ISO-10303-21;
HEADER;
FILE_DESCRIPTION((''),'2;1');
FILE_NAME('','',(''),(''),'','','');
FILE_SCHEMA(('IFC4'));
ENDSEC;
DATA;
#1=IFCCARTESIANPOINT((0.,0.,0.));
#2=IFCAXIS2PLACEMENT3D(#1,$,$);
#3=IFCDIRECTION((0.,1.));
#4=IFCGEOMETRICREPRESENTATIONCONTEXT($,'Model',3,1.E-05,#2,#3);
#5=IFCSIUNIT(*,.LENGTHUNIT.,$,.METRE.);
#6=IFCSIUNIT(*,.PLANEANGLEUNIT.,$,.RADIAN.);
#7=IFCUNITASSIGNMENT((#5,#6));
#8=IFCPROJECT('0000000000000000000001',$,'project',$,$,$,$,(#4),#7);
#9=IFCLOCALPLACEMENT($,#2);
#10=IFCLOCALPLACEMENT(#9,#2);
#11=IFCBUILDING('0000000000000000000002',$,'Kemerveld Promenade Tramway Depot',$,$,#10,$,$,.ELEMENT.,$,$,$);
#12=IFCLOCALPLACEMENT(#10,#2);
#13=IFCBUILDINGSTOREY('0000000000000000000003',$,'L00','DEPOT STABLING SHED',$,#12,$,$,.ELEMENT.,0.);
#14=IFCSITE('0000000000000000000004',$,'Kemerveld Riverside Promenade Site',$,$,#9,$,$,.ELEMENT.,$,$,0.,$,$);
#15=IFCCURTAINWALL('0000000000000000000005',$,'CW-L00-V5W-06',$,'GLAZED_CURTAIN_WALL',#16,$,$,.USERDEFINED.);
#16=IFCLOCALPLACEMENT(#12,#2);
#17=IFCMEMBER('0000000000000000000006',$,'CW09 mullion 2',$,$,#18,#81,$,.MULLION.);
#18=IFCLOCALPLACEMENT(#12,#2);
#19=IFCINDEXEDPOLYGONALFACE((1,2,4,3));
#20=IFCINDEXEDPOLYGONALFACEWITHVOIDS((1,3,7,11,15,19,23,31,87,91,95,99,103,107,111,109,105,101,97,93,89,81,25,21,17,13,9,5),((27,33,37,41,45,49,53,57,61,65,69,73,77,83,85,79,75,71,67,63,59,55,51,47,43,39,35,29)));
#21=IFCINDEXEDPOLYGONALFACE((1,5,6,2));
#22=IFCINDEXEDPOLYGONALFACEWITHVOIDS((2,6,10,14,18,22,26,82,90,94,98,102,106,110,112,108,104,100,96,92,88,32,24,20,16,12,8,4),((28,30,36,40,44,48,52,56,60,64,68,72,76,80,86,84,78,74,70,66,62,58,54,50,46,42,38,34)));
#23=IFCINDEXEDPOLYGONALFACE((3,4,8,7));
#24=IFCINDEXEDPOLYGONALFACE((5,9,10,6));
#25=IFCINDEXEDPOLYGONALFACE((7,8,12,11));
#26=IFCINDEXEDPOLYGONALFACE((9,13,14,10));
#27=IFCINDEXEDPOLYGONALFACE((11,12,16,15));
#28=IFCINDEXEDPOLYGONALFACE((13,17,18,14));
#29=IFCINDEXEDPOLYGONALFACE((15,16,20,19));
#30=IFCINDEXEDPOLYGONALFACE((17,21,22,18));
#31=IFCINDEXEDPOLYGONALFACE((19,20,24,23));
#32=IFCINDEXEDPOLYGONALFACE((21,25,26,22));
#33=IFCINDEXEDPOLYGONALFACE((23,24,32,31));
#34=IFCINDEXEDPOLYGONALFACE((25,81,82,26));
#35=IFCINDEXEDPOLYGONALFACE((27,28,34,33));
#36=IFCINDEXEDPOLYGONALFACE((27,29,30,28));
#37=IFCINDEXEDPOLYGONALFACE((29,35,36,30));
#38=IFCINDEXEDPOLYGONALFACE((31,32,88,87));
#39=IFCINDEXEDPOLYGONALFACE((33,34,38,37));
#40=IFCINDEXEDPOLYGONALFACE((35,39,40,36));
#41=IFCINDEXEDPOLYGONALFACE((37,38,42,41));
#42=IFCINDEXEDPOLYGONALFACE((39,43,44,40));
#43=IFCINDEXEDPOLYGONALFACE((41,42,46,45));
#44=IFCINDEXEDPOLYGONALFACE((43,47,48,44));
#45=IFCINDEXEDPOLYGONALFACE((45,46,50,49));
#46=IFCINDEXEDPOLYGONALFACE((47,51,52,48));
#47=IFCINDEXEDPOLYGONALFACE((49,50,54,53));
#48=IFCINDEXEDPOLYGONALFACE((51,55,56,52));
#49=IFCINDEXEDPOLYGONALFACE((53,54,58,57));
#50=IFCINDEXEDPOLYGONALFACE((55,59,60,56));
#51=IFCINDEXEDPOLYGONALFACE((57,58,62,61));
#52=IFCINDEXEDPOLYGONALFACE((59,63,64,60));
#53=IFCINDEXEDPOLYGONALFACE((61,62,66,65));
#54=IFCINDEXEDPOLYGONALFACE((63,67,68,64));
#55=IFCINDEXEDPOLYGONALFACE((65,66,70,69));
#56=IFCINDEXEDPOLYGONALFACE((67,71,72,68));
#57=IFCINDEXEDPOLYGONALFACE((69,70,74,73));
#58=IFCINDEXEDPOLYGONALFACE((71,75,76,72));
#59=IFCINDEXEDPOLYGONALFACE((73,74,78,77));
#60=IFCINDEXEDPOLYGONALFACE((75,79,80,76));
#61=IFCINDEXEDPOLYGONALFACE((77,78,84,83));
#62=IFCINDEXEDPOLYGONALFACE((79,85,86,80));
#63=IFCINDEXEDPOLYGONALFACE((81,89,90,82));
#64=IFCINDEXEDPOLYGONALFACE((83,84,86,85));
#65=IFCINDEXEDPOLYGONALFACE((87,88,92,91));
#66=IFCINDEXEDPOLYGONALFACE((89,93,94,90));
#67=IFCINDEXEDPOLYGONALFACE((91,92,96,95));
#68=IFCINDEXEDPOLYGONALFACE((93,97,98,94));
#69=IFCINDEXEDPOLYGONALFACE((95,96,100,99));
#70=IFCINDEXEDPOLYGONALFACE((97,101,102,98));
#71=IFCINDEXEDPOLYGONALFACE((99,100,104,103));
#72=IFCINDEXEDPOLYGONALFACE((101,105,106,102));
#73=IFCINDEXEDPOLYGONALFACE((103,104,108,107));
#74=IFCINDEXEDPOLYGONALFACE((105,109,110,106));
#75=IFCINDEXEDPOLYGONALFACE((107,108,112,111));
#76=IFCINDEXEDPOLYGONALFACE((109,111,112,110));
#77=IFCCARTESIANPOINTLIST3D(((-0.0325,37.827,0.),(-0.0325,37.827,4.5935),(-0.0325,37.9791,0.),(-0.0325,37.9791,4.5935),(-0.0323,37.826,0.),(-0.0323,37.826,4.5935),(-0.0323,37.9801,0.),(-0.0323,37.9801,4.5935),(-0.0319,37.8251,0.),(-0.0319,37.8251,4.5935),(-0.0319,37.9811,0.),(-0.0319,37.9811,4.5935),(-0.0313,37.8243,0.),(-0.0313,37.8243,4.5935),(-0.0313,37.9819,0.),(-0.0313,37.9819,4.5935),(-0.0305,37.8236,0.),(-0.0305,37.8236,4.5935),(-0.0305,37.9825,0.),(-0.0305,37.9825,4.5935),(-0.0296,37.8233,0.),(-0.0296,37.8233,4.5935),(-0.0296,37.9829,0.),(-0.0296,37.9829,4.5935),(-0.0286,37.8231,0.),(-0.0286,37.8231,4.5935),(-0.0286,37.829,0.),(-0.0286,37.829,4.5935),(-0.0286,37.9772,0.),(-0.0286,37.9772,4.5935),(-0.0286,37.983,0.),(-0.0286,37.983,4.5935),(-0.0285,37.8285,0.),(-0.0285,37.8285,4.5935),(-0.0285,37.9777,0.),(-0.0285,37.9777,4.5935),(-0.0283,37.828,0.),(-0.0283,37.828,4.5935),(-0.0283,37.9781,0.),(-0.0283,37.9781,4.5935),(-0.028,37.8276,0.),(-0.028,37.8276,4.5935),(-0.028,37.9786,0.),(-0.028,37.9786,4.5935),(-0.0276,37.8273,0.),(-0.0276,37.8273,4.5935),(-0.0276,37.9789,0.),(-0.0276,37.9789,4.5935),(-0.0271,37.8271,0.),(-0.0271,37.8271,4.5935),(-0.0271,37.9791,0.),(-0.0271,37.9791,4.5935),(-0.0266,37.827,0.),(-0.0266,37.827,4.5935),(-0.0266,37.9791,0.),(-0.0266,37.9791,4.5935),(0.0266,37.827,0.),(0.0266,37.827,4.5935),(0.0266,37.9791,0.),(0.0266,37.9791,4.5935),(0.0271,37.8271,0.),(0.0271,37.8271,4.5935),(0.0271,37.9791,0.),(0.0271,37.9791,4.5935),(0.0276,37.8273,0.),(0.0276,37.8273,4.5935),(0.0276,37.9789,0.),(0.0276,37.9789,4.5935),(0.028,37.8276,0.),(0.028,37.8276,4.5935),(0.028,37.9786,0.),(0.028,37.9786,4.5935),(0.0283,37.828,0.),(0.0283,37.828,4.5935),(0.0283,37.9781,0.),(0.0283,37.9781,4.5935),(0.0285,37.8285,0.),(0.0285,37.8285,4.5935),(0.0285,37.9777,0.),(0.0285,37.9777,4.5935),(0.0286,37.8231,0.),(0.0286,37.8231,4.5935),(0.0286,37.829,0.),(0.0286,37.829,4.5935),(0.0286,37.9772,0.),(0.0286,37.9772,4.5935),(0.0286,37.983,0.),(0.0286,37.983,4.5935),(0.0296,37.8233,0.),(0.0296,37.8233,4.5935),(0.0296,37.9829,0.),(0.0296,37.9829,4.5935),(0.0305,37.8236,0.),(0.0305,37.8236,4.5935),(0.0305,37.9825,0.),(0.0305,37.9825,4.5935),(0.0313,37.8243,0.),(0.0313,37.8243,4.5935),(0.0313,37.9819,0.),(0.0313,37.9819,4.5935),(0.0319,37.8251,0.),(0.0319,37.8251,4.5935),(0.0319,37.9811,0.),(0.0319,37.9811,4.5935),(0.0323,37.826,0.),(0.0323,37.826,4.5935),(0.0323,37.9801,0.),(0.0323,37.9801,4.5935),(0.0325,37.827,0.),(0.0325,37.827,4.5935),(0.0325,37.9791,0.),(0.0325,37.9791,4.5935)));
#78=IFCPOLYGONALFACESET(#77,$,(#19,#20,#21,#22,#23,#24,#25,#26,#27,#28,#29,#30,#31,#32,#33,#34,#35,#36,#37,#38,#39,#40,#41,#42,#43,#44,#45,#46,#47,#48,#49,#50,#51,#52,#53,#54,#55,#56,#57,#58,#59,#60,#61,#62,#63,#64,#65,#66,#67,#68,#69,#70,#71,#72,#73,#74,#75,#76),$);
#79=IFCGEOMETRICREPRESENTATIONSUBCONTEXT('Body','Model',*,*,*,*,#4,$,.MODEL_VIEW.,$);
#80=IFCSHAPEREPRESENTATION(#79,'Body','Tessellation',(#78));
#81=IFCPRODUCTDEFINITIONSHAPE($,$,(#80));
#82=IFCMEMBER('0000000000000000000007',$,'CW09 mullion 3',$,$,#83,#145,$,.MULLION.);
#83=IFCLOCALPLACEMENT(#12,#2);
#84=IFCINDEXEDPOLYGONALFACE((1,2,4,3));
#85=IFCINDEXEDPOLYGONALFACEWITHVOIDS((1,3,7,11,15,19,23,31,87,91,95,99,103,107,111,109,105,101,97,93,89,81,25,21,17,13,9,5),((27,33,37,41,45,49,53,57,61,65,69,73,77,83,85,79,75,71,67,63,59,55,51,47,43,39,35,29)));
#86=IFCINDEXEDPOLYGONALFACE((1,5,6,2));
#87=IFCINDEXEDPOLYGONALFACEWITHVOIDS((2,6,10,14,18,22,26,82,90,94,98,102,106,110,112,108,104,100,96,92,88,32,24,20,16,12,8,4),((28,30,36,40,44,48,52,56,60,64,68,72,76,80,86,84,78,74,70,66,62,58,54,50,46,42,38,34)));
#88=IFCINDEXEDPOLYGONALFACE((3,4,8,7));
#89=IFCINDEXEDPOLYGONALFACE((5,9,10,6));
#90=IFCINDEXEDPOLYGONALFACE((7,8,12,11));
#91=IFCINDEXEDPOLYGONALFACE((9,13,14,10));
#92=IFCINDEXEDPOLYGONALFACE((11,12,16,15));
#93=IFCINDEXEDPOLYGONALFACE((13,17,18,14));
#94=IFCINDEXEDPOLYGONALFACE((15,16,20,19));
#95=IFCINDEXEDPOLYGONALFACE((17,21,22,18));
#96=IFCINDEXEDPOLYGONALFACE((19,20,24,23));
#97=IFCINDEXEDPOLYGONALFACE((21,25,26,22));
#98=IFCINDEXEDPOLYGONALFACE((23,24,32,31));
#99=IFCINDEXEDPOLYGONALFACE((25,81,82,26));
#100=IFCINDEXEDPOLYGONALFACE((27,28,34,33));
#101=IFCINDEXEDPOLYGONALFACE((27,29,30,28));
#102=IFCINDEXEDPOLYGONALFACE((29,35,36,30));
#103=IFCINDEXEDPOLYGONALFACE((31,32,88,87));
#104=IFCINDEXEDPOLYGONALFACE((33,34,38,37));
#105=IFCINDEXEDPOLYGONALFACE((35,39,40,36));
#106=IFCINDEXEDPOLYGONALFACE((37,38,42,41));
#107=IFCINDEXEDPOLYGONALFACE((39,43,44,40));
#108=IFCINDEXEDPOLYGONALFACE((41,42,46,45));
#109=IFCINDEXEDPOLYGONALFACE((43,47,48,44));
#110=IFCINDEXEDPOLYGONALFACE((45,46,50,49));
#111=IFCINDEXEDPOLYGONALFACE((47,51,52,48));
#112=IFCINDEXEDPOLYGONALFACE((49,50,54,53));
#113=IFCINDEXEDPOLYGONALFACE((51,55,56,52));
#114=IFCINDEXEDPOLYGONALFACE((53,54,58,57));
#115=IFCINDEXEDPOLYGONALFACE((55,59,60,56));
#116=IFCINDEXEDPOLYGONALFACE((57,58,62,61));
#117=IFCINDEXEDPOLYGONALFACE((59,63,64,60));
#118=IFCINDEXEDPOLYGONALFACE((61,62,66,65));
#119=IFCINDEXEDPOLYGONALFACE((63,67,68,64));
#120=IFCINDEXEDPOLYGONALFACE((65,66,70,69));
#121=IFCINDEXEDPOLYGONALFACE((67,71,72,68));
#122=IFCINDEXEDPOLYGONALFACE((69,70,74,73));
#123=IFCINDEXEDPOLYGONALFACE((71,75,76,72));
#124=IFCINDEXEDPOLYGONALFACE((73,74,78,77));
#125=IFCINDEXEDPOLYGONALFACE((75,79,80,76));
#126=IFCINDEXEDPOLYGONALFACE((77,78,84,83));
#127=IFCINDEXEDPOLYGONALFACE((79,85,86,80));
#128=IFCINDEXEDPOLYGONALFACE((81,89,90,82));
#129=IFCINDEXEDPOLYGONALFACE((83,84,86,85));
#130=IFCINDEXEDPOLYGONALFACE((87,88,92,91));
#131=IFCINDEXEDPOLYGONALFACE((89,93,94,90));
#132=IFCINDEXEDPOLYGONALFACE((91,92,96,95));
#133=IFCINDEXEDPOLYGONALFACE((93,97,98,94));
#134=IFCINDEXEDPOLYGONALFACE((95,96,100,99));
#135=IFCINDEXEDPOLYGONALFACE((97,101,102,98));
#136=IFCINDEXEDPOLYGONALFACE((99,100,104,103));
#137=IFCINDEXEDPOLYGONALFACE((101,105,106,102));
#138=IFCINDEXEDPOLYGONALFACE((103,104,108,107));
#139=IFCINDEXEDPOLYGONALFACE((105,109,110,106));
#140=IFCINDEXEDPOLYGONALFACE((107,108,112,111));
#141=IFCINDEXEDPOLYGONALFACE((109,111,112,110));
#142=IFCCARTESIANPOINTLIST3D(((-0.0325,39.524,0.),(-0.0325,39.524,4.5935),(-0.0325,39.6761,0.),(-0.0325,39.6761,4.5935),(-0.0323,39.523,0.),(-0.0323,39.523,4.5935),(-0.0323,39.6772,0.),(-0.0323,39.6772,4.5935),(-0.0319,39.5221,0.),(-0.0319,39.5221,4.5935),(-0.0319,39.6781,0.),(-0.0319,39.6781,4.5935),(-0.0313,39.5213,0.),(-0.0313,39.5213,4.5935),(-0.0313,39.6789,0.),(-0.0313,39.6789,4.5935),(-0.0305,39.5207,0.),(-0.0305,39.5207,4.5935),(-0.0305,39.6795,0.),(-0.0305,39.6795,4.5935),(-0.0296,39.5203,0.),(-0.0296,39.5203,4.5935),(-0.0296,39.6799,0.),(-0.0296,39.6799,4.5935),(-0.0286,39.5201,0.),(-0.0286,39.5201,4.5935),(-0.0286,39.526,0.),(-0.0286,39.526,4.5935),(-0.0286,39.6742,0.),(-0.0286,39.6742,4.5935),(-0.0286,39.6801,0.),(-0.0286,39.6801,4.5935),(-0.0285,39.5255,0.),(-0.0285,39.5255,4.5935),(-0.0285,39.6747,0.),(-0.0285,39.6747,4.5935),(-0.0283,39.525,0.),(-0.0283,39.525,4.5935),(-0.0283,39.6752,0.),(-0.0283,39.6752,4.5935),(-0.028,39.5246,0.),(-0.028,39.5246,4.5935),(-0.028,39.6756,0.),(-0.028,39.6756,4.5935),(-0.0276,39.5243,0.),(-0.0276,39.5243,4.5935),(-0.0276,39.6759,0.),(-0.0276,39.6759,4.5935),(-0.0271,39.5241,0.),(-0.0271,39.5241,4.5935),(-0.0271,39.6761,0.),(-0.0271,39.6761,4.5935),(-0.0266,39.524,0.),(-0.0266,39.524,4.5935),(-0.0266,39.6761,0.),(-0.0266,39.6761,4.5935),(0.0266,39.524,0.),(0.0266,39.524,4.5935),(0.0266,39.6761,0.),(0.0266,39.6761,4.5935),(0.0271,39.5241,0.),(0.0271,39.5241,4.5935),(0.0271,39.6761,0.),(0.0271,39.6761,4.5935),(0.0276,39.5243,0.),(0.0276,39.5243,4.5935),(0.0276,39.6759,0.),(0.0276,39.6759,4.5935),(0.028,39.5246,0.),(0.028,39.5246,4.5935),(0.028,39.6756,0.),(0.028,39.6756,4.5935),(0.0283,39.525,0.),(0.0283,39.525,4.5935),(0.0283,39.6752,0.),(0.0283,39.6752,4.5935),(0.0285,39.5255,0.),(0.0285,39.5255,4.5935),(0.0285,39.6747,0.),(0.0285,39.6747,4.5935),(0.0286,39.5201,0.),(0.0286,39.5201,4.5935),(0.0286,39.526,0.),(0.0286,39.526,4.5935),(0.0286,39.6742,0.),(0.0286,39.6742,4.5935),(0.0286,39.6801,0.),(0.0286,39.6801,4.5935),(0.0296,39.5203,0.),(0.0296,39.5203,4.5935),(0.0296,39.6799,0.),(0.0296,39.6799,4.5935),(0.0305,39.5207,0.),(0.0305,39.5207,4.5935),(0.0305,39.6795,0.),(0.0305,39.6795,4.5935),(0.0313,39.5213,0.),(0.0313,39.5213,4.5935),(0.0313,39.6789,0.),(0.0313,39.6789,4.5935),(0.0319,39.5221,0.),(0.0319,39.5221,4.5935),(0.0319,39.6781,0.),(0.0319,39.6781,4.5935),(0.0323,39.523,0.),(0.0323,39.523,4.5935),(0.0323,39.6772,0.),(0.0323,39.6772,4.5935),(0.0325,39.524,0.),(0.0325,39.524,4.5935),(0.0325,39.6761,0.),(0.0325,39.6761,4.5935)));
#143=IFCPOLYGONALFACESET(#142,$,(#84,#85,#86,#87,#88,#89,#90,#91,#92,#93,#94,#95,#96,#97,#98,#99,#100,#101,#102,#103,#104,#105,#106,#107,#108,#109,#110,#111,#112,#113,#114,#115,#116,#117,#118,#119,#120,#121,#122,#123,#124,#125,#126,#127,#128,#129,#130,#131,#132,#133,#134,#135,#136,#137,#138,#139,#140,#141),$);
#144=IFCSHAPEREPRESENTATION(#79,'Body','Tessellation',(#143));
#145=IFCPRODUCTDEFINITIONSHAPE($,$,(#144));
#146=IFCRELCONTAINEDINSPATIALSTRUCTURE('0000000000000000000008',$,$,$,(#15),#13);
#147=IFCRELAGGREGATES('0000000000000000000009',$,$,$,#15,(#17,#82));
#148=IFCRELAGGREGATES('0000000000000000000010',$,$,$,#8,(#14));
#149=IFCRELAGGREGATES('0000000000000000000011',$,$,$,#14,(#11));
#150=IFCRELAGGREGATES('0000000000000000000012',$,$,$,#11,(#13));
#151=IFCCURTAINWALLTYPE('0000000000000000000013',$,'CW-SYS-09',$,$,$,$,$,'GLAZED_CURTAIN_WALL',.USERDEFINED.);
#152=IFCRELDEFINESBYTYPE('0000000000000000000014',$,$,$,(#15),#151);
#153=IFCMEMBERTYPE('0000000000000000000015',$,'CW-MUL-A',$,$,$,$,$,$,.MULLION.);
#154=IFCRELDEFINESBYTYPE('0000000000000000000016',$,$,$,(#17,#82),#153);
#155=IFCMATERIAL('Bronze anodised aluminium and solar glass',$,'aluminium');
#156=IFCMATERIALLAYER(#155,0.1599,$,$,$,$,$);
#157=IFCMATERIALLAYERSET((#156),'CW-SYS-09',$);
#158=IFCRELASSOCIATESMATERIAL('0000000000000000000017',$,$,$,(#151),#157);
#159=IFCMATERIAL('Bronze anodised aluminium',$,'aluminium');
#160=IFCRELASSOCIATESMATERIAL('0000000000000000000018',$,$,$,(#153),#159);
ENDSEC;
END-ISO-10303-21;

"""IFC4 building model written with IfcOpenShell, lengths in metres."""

from ifc_helpers import new_model, si_unit, direction, frame, origin, origin_2d, place, context, subcontext, project, spatial, hollow_rectangle, extrude, material, layer, layer_set, material_profile, profile_set, type_object, element, aggregate, save


model = new_model("IFC4")

# Units and contexts
model_context = context("Model", 3, precision=1e-05, world=origin(), true_north=direction((0.0, 1.0)))
body_context = subcontext(model_context, "Body", "Model", "MODEL_VIEW")
ifc_project = project(units=[si_unit("LENGTHUNIT", "METRE"), si_unit("PLANEANGLEUNIT", "RADIAN")], contexts=[model_context])

# Site, building, storey
site_placement = place(None, origin())
site = spatial("IfcSite", under=ifc_project, at=site_placement, Name="Kemerveld Riverside Promenade Site", CompositionType="ELEMENT", RefElevation=0.0)
building_placement = place(site_placement, origin())
building = spatial("IfcBuilding", under=site, at=building_placement, Name="Kemerveld Promenade Tramway Depot", CompositionType="ELEMENT")
storey_placement = place(building_placement, origin())
storey = spatial("IfcBuildingStorey", under=building, at=storey_placement, Name="L00", Description="DEPOT STABLING SHED", CompositionType="ELEMENT", Elevation=0.0)

# Curtain wall, members
ifc_material_1 = material(Name="Bronze anodised aluminium and solar glass", Category="aluminium")
ifc_layer_1 = layer(ifc_material_1, 0.1599)
ifc_layer_set_1 = layer_set([ifc_layer_1], Name="CW-SYS-09")
curtain_wall_type = type_object("IfcCurtainWallType", Name="CW-SYS-09", ElementType="GLAZED_CURTAIN_WALL", PredefinedType="USERDEFINED", material=ifc_layer_set_1)
curtain_wall_placement = place(storey_placement, origin())
curtain_wall = element("IfcCurtainWall", 1, at=curtain_wall_placement, inside=storey, type_object=curtain_wall_type, Name="CW-L00-V5W-06", ObjectType="GLAZED_CURTAIN_WALL", PredefinedType="USERDEFINED")
ifc_material_2 = material(Name="Bronze anodised aluminium", Category="aluminium")
ifc_material_profile_1 = material_profile(ifc_material_2, hollow_rectangle(XDim=0.0649, YDim=0.1599, WallThickness=0.0039, InnerFilletRadius=0.002, OuterFilletRadius=0.0039, at=origin_2d()), Name="CW-MUL-160x65")
ifc_profile_set_1 = profile_set([ifc_material_profile_1], Name="Bronze anodised aluminium")
member_type_1 = type_object("IfcMemberType", Name="CW-MUL-A", PredefinedType="MULLION", material=ifc_profile_set_1)
member_1_placement = place(storey_placement, frame((0.0, 37.9031, 0.0), z_axis=(0.0, 0.0, 1.0), x_axis=(-1.0, 0.0, 0.0)))
member_1 = element("IfcMember", 2, at=member_1_placement, type_object=member_type_1, Name="CW09 mullion 2", PredefinedType="MULLION", context=body_context, shape_type="SweptSolid", body=[
    extrude(hollow_rectangle(XDim=0.0649, YDim=0.1599, WallThickness=0.0039, InnerFilletRadius=0.002, OuterFilletRadius=0.0039, at=origin_2d()), origin(), (0.0, 0.0, 1.0), 4.5935),
])
member_2_placement = place(storey_placement, frame((0.0, 39.6001, 0.0), z_axis=(0.0, 0.0, 1.0), x_axis=(-1.0, 0.0, 0.0)))
member_2 = element("IfcMember", 3, at=member_2_placement, type_object=member_type_1, Name="CW09 mullion 3", PredefinedType="MULLION", context=body_context, shape_type="SweptSolid", body=[
    extrude(hollow_rectangle(XDim=0.0649, YDim=0.1599, WallThickness=0.0039, InnerFilletRadius=0.002, OuterFilletRadius=0.0039, at=origin_2d()), origin(), (0.0, 0.0, 1.0), 4.5935),
])
aggregate(curtain_wall, [member_1, member_2])

save(model, "model.ifc")
